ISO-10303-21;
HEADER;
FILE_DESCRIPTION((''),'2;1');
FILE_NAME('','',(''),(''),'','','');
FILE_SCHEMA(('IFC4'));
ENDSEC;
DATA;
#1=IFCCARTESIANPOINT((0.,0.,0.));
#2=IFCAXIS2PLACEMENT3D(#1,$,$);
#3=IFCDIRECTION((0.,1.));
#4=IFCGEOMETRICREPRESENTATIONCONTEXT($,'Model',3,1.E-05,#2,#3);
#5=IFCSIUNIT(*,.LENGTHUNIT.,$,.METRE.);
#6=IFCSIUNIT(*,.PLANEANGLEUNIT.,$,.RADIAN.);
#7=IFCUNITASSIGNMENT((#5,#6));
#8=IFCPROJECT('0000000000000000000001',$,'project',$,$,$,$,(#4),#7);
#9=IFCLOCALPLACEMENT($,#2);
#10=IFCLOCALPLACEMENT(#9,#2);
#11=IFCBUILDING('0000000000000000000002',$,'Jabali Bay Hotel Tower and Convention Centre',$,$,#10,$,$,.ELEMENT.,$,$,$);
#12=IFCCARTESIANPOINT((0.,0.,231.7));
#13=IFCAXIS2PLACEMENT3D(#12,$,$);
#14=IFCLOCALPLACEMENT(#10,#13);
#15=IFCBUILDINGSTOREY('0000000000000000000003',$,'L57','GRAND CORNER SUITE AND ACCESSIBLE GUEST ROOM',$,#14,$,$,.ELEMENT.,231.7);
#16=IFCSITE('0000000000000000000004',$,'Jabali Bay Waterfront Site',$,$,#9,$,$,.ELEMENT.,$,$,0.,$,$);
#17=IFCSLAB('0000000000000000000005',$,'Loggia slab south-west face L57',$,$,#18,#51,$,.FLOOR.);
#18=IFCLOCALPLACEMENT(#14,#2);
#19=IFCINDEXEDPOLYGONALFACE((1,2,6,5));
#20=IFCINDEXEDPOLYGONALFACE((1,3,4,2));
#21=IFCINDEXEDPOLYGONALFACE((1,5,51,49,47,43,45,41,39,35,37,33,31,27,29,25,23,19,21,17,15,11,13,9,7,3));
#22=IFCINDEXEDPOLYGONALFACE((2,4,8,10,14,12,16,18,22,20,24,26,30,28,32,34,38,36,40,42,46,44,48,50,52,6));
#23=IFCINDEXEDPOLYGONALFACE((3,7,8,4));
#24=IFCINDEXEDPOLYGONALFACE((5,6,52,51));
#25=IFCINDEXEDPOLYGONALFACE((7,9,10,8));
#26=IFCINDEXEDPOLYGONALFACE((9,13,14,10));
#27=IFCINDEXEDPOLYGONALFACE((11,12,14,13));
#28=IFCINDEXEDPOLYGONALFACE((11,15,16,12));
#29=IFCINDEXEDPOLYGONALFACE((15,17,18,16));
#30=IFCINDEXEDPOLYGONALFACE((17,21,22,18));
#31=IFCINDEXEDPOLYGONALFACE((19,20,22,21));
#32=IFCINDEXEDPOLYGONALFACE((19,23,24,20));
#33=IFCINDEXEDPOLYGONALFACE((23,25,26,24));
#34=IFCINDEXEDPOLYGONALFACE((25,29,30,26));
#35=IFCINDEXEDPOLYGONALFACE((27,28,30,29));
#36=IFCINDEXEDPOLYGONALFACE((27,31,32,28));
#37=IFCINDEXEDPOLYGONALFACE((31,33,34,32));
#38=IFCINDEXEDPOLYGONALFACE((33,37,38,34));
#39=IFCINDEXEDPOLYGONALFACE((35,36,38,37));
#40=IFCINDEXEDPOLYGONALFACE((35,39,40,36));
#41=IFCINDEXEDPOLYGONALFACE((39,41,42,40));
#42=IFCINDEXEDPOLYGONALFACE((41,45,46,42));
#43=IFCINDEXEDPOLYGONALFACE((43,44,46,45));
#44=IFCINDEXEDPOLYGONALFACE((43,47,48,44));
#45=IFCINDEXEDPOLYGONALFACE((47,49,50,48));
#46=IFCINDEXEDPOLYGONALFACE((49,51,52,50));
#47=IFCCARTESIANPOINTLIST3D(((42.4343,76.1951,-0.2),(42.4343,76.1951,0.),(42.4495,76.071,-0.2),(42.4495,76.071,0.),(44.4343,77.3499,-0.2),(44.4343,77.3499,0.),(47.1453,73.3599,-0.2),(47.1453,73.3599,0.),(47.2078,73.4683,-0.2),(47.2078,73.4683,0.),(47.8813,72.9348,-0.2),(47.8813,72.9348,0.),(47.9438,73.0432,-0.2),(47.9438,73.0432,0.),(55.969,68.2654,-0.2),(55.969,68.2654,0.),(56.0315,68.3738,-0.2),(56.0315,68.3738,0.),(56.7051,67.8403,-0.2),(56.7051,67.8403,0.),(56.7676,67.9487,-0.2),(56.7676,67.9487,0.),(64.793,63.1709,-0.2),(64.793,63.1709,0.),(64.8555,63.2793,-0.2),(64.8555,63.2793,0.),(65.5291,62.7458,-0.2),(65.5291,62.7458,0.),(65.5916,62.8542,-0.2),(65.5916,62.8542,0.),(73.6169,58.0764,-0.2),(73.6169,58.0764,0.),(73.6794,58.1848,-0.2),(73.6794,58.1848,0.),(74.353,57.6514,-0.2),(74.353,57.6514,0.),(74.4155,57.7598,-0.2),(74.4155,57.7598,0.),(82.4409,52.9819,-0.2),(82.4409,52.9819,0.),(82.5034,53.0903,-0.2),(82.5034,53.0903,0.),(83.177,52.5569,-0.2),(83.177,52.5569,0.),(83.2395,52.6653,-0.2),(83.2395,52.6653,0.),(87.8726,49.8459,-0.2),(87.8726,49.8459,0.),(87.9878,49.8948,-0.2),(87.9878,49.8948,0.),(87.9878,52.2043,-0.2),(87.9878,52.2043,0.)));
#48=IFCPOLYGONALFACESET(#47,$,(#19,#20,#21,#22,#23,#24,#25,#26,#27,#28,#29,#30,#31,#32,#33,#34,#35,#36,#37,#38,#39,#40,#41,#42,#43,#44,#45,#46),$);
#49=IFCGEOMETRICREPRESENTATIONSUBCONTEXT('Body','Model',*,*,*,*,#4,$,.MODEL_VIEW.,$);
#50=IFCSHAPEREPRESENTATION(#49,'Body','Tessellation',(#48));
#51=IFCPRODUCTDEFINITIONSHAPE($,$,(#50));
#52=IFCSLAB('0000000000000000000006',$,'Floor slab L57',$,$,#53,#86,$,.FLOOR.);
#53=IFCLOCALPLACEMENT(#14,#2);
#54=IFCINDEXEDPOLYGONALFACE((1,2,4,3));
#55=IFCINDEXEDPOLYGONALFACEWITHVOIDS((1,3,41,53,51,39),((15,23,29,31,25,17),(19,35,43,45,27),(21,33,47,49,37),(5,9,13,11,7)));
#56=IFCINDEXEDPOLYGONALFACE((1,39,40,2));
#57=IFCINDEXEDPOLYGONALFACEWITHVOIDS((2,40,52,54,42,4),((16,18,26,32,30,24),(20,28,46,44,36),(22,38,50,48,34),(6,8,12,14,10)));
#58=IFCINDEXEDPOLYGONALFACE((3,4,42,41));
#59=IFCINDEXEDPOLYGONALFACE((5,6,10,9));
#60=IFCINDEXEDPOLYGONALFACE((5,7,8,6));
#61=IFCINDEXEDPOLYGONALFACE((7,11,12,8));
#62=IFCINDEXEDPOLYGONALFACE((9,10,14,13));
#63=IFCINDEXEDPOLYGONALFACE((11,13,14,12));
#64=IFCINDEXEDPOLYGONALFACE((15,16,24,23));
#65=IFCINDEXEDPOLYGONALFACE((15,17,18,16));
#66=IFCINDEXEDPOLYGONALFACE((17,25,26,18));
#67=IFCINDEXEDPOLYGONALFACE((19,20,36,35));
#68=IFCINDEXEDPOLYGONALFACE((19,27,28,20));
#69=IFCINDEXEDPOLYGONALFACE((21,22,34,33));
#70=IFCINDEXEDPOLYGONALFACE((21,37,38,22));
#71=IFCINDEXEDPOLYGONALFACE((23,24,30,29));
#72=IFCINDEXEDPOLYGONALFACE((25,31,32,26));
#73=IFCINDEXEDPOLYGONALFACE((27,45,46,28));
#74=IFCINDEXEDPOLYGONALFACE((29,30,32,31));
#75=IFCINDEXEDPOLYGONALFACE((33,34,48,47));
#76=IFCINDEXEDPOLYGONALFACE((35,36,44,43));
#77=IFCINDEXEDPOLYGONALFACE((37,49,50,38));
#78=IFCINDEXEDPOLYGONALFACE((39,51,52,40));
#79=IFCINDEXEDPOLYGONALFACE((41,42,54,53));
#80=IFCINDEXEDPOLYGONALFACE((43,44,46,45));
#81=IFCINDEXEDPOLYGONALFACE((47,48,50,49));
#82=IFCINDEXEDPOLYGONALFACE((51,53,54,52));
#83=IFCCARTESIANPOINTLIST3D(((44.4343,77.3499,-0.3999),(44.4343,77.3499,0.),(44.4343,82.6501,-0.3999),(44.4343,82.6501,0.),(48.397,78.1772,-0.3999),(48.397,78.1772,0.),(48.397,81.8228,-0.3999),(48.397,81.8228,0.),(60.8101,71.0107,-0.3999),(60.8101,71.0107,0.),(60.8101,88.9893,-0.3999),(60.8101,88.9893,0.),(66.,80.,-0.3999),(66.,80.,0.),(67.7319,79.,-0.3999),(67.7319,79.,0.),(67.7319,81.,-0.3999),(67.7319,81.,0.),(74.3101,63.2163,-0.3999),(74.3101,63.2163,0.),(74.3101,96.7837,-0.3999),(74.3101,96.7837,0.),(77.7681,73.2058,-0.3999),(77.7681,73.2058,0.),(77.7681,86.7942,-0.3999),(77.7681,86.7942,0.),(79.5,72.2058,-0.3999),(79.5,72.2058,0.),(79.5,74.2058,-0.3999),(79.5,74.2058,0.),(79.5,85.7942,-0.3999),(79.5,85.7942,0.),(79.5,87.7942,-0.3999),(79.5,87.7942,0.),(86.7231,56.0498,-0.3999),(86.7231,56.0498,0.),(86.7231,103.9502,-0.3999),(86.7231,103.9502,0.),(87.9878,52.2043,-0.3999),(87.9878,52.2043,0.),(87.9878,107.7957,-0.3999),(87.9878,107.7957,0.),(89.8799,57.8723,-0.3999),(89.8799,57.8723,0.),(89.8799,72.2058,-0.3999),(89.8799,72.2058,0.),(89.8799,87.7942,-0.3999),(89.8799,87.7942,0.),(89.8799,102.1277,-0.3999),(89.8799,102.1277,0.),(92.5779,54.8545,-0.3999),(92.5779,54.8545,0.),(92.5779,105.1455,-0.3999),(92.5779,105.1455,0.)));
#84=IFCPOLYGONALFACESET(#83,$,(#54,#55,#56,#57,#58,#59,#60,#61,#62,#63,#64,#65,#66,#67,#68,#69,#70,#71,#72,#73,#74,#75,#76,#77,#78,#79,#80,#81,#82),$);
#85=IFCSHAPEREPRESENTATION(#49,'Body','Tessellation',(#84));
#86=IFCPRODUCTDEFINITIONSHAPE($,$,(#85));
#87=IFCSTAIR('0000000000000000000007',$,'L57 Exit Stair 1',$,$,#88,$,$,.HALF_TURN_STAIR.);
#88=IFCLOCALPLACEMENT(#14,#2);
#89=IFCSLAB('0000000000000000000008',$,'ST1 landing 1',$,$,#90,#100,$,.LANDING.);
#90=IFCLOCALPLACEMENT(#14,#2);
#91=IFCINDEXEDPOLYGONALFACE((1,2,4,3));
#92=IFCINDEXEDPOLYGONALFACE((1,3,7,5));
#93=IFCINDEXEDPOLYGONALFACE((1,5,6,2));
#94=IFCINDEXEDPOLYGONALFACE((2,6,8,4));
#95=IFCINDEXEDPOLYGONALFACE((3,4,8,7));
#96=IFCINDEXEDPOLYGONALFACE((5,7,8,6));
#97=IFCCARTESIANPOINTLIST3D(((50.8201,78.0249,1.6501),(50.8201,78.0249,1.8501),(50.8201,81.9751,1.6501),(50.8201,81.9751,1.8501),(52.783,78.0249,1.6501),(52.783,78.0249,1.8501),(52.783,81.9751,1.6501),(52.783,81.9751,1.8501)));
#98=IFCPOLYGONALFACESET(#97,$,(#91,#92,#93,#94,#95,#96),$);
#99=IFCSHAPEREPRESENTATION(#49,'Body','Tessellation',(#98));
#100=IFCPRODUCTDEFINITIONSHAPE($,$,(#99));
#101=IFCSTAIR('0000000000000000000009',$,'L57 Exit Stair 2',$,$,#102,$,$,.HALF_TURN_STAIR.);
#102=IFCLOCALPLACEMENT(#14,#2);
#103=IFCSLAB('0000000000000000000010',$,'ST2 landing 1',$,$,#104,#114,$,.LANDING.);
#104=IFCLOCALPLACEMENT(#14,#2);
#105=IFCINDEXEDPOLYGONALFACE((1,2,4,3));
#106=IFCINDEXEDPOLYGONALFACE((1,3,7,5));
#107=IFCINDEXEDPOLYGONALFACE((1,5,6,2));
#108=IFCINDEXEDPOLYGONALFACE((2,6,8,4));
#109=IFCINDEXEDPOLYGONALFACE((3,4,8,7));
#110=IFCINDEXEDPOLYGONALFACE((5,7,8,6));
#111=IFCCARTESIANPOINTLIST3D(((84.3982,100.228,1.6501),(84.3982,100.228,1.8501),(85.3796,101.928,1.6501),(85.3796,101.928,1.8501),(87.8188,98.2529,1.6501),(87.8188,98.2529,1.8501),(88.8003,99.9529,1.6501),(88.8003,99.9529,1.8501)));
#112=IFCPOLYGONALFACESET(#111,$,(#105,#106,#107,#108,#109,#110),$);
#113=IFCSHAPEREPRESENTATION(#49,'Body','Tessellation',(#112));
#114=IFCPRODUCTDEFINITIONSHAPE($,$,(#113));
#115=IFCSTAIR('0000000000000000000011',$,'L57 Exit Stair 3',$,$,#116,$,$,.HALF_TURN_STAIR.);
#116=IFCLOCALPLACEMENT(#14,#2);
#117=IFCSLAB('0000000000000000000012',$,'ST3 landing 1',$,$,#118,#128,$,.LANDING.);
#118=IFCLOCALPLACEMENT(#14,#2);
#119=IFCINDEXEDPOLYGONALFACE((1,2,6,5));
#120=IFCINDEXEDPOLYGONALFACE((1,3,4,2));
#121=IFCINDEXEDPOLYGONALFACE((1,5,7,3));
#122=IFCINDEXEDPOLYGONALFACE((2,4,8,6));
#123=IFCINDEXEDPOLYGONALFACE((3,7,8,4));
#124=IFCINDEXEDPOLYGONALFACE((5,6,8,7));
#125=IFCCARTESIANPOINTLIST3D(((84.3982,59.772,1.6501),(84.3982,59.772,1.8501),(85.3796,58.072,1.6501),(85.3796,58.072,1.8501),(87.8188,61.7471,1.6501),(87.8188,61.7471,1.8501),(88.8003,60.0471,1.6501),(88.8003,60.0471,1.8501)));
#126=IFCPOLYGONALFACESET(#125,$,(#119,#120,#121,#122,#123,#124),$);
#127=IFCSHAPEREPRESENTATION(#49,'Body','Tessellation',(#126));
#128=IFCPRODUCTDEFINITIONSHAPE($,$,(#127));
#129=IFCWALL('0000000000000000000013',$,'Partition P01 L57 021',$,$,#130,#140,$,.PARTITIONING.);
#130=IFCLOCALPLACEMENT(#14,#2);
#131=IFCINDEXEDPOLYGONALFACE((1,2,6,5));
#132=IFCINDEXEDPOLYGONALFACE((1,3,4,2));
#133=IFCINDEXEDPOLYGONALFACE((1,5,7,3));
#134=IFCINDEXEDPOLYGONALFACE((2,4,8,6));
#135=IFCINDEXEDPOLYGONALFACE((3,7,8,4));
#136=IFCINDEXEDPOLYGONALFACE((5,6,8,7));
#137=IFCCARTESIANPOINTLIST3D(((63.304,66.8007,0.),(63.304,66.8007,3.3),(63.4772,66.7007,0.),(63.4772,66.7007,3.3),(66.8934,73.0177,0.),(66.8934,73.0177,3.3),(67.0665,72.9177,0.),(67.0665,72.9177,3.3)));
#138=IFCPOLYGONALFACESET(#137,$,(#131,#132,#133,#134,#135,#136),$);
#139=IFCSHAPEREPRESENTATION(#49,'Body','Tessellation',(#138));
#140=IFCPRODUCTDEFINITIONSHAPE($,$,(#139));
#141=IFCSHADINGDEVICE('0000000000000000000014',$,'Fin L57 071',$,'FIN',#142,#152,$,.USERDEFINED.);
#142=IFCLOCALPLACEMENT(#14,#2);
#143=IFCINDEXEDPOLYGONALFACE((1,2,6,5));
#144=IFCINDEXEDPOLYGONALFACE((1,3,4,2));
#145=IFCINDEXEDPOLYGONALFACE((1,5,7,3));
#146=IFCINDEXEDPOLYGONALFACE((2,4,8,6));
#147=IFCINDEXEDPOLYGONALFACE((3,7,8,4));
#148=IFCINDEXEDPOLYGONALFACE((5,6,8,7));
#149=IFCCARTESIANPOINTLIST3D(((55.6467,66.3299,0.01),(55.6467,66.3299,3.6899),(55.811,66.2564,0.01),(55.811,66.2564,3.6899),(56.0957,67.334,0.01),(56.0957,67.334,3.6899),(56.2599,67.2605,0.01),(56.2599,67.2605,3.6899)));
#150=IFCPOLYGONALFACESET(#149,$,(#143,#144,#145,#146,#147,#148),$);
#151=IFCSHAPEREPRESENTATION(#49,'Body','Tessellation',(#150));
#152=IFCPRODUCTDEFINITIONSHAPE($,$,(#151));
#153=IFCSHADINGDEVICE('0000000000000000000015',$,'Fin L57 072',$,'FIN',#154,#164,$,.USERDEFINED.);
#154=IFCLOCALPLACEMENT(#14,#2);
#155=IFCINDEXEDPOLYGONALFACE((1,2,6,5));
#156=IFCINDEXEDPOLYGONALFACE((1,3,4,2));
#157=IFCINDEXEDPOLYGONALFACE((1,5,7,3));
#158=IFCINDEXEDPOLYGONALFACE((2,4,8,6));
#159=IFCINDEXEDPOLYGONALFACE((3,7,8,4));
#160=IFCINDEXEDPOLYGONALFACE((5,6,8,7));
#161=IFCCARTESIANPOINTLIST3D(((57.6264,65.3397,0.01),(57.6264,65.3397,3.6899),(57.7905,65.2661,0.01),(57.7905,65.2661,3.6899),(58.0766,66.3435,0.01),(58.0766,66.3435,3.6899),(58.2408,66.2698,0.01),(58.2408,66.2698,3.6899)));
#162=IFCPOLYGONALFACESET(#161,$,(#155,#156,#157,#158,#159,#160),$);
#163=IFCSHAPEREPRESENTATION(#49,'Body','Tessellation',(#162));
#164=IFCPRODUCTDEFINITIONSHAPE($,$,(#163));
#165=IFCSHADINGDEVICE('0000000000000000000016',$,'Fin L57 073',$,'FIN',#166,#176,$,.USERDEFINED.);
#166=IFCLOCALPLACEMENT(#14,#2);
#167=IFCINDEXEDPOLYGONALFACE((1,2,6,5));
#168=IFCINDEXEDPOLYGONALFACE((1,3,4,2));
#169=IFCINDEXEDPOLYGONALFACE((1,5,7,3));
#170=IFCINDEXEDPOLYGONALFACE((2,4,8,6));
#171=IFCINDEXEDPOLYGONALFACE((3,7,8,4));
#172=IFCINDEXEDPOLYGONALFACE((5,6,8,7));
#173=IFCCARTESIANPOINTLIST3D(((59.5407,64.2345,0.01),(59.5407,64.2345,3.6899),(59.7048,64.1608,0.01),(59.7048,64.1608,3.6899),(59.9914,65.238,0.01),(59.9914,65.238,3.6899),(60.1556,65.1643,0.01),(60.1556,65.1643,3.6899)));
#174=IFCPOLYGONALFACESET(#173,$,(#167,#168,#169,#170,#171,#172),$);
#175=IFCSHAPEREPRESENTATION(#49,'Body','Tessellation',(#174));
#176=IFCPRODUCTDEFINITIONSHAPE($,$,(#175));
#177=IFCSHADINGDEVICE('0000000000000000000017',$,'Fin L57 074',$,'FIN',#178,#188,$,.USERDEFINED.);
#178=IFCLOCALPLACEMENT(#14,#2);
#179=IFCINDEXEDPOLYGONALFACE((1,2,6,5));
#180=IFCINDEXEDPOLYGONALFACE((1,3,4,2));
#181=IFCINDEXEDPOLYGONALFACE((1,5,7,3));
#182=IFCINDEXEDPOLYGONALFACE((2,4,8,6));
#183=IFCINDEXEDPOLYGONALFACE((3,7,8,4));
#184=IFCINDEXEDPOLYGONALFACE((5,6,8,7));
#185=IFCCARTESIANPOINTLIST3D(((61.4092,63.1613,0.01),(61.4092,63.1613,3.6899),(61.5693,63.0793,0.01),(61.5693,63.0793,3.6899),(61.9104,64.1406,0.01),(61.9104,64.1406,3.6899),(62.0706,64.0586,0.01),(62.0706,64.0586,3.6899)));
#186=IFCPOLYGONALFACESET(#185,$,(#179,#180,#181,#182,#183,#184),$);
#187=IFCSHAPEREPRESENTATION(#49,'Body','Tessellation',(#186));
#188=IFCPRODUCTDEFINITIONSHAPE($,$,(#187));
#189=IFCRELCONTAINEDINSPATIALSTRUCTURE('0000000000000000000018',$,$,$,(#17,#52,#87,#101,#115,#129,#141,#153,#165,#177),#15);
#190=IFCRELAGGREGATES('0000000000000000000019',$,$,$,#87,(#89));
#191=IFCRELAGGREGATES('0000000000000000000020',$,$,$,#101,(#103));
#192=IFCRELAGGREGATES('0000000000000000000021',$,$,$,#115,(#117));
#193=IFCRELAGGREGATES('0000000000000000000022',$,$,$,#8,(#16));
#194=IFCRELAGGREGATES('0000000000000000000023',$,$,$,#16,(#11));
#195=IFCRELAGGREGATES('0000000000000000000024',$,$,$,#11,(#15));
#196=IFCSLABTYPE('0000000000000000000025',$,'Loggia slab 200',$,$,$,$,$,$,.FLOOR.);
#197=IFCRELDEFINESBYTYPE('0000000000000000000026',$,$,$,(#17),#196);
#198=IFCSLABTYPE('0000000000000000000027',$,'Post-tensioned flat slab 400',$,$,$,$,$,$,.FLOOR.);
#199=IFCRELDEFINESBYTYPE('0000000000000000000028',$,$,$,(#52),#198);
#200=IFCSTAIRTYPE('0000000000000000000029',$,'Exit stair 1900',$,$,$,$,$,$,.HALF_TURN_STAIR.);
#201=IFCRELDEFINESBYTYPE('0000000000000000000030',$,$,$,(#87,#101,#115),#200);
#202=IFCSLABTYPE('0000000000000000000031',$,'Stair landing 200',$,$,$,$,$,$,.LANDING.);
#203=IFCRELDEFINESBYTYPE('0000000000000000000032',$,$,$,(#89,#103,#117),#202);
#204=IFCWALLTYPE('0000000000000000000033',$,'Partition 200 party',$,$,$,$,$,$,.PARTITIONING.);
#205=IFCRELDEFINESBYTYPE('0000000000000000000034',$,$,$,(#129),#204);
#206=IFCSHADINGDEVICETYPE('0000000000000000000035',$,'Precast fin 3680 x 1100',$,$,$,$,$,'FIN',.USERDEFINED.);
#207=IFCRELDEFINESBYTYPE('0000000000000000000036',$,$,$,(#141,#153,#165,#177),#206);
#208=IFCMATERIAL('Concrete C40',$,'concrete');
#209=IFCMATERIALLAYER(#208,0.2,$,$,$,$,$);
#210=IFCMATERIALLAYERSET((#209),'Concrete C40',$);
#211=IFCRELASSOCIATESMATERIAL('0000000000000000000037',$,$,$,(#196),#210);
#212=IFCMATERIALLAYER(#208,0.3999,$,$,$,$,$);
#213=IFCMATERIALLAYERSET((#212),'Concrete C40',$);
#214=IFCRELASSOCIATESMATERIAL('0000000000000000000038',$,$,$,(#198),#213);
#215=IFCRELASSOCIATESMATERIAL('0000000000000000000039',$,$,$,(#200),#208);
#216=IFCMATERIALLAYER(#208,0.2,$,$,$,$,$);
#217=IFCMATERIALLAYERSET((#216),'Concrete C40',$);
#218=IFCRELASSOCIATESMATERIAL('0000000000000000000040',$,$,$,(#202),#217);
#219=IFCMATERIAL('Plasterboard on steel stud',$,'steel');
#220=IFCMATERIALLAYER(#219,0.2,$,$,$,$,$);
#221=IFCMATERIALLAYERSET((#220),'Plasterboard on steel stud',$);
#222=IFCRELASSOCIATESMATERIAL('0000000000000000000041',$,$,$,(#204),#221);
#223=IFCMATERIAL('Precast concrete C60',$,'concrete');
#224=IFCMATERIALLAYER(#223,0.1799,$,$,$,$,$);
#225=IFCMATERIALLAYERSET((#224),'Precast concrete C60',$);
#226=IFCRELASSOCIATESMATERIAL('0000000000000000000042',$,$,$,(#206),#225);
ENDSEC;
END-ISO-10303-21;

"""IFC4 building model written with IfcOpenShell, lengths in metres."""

from ifc_helpers import new_model, si_unit, direction, frame, frame_2d, origin, place, context, subcontext, project, spatial, polyline, rectangle, outline, extrude, material, layer, layer_set, type_object, element, aggregate, save


model = new_model("IFC4")

# Units and contexts
model_context = context("Model", 3, precision=1e-05, world=origin(), true_north=direction((0.0, 1.0)))
body_context = subcontext(model_context, "Body", "Model", "MODEL_VIEW")
ifc_project = project(units=[si_unit("LENGTHUNIT", "METRE"), si_unit("PLANEANGLEUNIT", "RADIAN")], contexts=[model_context])

# Site, building, storey
site_placement = place(None, origin())
site = spatial("IfcSite", under=ifc_project, at=site_placement, Name="Jabali Bay Waterfront Site", CompositionType="ELEMENT", RefElevation=0.0)
building_placement = place(site_placement, origin())
building = spatial("IfcBuilding", under=site, at=building_placement, Name="Jabali Bay Hotel Tower and Convention Centre", CompositionType="ELEMENT")
storey_placement = place(building_placement, frame((0.0, 0.0, 231.7)))
storey = spatial("IfcBuildingStorey", under=building, at=storey_placement, Name="L57", Description="GRAND CORNER SUITE AND ACCESSIBLE GUEST ROOM", CompositionType="ELEMENT", Elevation=231.7)

# Slabs
ifc_material_1 = material(Name="Concrete C40", Category="concrete")
ifc_layer_1 = layer(ifc_material_1, 0.2)
ifc_layer_set_1 = layer_set([ifc_layer_1], Name="Concrete C40")
slab_type_1 = type_object("IfcSlabType", Name="Loggia slab 200", PredefinedType="FLOOR", material=ifc_layer_set_1)
slab_1_placement = place(storey_placement, frame((0.0, 0.0, -0.2)))
element("IfcSlab", 1, at=slab_1_placement, inside=storey, type_object=slab_type_1, Name="Loggia slab south-west face L57", PredefinedType="FLOOR", context=body_context, shape_type="SweptSolid", body=[
    extrude(outline(polyline([(87.9878, 52.2043), (87.9878, 49.8948), (87.8726, 49.8459), (83.177, 52.5569), (83.2395, 52.6653), (82.5034, 53.0903), (82.4409, 52.9819), (74.353, 57.6514), (74.4155, 57.7598), (73.6794, 58.1848), (73.6169, 58.0764), (65.5291, 62.7458), (65.5916, 62.8542), (64.8555, 63.2793), (64.793, 63.1709), (56.7051, 67.8403), (56.7676, 67.9487), (56.0315, 68.3738), (55.969, 68.2654), (47.8813, 72.9348), (47.9438, 73.0432), (47.2078, 73.4683), (47.1453, 73.3599), (42.4495, 76.071), (42.4343, 76.1951), (44.4343, 77.3499), (87.9878, 52.2043)])), origin(), (0.0, 0.0, 1.0), 0.2),
])
ifc_layer_2 = layer(ifc_material_1, 0.3999)
ifc_layer_set_2 = layer_set([ifc_layer_2], Name="Concrete C40")
slab_type_2 = type_object("IfcSlabType", Name="Post-tensioned flat slab 400", PredefinedType="FLOOR", material=ifc_layer_set_2)
slab_2_placement = place(storey_placement, frame((0.0, 0.0, -0.3999)))
element("IfcSlab", 2, at=slab_2_placement, inside=storey, type_object=slab_type_2, Name="Floor slab L57", PredefinedType="FLOOR", context=body_context, shape_type="SweptSolid", body=[
    extrude(outline(polyline([(87.9878, 107.7957), (92.5779, 105.1455), (92.5779, 54.8545), (87.9878, 52.2043), (44.4343, 77.3499), (44.4343, 82.6501), (87.9878, 107.7957)]), holes=[polyline([(67.7319, 79.0), (77.7681, 73.2058), (79.5, 74.2058), (79.5, 85.7942), (77.7681, 86.7942), (67.7319, 81.0), (67.7319, 79.0)]), polyline([(48.397, 78.1772), (60.8101, 71.0107), (66.0, 80.0), (60.8101, 88.9893), (48.397, 81.8228), (48.397, 78.1772)]), polyline([(89.8799, 102.1277), (86.7231, 103.9502), (74.3101, 96.7837), (79.5, 87.7942), (89.8799, 87.7942), (89.8799, 102.1277)]), polyline([(74.3101, 63.2163), (86.7231, 56.0498), (89.8799, 57.8723), (89.8799, 72.2058), (79.5, 72.2058), (74.3101, 63.2163)])]), origin(), (0.0, 0.0, 1.0), 0.3999),
])

# Stairs, slabs
stair_type = type_object("IfcStairType", Name="Exit stair 1900", PredefinedType="HALF_TURN_STAIR", material=ifc_material_1)
stair_1_placement = place(storey_placement, origin())
stair_1 = element("IfcStair", 3, at=stair_1_placement, inside=storey, type_object=stair_type, Name="L57 Exit Stair 1", PredefinedType="HALF_TURN_STAIR")
ifc_layer_3 = layer(ifc_material_1, 0.2)
ifc_layer_set_3 = layer_set([ifc_layer_3], Name="Concrete C40")
slab_type_3 = type_object("IfcSlabType", Name="Stair landing 200", PredefinedType="LANDING", material=ifc_layer_set_3)
slab_3_placement = place(storey_placement, frame((0.0, 0.0, 1.6501)))
slab_3 = element("IfcSlab", 4, at=slab_3_placement, type_object=slab_type_3, Name="ST1 landing 1", PredefinedType="LANDING", context=body_context, shape_type="SweptSolid", body=[
    extrude(outline(polyline([(52.783, 81.9751), (50.8201, 81.9751), (50.8201, 78.0249), (52.783, 78.0249), (52.783, 81.9751)])), origin(), (0.0, 0.0, 1.0), 0.2),
])
aggregate(stair_1, [slab_3])
stair_2_placement = place(storey_placement, origin())
stair_2 = element("IfcStair", 5, at=stair_2_placement, inside=storey, type_object=stair_type, Name="L57 Exit Stair 2", PredefinedType="HALF_TURN_STAIR")
slab_4_placement = place(storey_placement, frame((0.0, 0.0, 1.6501)))
slab_4 = element("IfcSlab", 6, at=slab_4_placement, type_object=slab_type_3, Name="ST2 landing 1", PredefinedType="LANDING", context=body_context, shape_type="SweptSolid", body=[
    extrude(outline(polyline([(87.8188, 98.2529), (88.8003, 99.9529), (85.3796, 101.928), (84.3982, 100.228), (87.8188, 98.2529)])), origin(), (0.0, 0.0, 1.0), 0.2),
])
aggregate(stair_2, [slab_4])
stair_3_placement = place(storey_placement, origin())
stair_3 = element("IfcStair", 7, at=stair_3_placement, inside=storey, type_object=stair_type, Name="L57 Exit Stair 3", PredefinedType="HALF_TURN_STAIR")
slab_5_placement = place(storey_placement, frame((0.0, 0.0, 1.6501)))
slab_5 = element("IfcSlab", 8, at=slab_5_placement, type_object=slab_type_3, Name="ST3 landing 1", PredefinedType="LANDING", context=body_context, shape_type="SweptSolid", body=[
    extrude(outline(polyline([(84.3982, 59.772), (85.3796, 58.072), (88.8003, 60.0471), (87.8188, 61.7471), (84.3982, 59.772)])), origin(), (0.0, 0.0, 1.0), 0.2),
])
aggregate(stair_3, [slab_5])

# Wall
ifc_material_2 = material(Name="Plasterboard on steel stud", Category="steel")
ifc_layer_4 = layer(ifc_material_2, 0.2)
ifc_layer_set_4 = layer_set([ifc_layer_4], Name="Plasterboard on steel stud")
wall_type = type_object("IfcWallType", Name="Partition 200 party", PredefinedType="PARTITIONING", material=ifc_layer_set_4)
wall_placement = place(storey_placement, frame((63.3906, 66.7507, 0.0), z_axis=(0.0, 0.0, 1.0), x_axis=(0.499994, 0.866029, 0.0)))
element("IfcWall", 9, at=wall_placement, inside=storey, type_object=wall_type, Name="Partition P01 L57 021", PredefinedType="PARTITIONING", context=body_context, shape_type="SweptSolid", body=[
    extrude(rectangle(XDim=7.1787, YDim=0.2, at=frame_2d((3.5894, 0.0))), origin(), (0.0, 0.0, 1.0), 3.3),
])

# Shading devices
ifc_material_3 = material(Name="Precast concrete C60", Category="concrete")
ifc_layer_5 = layer(ifc_material_3, 0.1799)
ifc_layer_set_5 = layer_set([ifc_layer_5], Name="Precast concrete C60")
shading_device_type = type_object("IfcShadingDeviceType", Name="Precast fin 3680 x 1100", ElementType="FIN", PredefinedType="USERDEFINED", material=ifc_layer_set_5)
shading_device_placement = place(storey_placement, frame((56.1777, 67.2971, 0.01), z_axis=(0.0, 0.0, 1.0), x_axis=(-0.408176, -0.912903, 0.0)))
element("IfcShadingDevice", 10, at=shading_device_placement, inside=storey, type_object=shading_device_type, Name="Fin L57 071", ObjectType="FIN", PredefinedType="USERDEFINED", context=body_context, shape_type="SweptSolid", body=[
    extrude(rectangle(XDim=1.0999, YDim=0.1799, at=frame_2d((0.5498, 0.0))), origin(), (0.0, 0.0, 1.0), 3.6799),
])
for number, where, z_axis, x_axis, name in (
    (11, (58.1587, 66.3066, 0.01), (0.0, 0.0, 1.0), (-0.409266, -0.912415, 0.0), "Fin L57 072"),
    (12, (60.0735, 65.2012, 0.01), (0.0, 0.0, 1.0), (-0.409719, -0.912212, 0.0), "Fin L57 073"),
    (13, (61.9905, 64.0996, 0.01), (0.0, 0.0, 1.0), (-0.455627, -0.890171, 0.0), "Fin L57 074"),
):
    element("IfcShadingDevice", number, at=place(storey_placement, frame(where, z_axis=z_axis, x_axis=x_axis)), inside=storey, type_object=shading_device_type, Name=name, ObjectType="FIN", PredefinedType="USERDEFINED", context=body_context, shape_type="SweptSolid", body=[
        extrude(rectangle(XDim=1.1001, YDim=0.1799, at=frame_2d((0.55, 0.0))), origin(), (0.0, 0.0, 1.0), 3.6799),
    ])

save(model, "model.ifc")
